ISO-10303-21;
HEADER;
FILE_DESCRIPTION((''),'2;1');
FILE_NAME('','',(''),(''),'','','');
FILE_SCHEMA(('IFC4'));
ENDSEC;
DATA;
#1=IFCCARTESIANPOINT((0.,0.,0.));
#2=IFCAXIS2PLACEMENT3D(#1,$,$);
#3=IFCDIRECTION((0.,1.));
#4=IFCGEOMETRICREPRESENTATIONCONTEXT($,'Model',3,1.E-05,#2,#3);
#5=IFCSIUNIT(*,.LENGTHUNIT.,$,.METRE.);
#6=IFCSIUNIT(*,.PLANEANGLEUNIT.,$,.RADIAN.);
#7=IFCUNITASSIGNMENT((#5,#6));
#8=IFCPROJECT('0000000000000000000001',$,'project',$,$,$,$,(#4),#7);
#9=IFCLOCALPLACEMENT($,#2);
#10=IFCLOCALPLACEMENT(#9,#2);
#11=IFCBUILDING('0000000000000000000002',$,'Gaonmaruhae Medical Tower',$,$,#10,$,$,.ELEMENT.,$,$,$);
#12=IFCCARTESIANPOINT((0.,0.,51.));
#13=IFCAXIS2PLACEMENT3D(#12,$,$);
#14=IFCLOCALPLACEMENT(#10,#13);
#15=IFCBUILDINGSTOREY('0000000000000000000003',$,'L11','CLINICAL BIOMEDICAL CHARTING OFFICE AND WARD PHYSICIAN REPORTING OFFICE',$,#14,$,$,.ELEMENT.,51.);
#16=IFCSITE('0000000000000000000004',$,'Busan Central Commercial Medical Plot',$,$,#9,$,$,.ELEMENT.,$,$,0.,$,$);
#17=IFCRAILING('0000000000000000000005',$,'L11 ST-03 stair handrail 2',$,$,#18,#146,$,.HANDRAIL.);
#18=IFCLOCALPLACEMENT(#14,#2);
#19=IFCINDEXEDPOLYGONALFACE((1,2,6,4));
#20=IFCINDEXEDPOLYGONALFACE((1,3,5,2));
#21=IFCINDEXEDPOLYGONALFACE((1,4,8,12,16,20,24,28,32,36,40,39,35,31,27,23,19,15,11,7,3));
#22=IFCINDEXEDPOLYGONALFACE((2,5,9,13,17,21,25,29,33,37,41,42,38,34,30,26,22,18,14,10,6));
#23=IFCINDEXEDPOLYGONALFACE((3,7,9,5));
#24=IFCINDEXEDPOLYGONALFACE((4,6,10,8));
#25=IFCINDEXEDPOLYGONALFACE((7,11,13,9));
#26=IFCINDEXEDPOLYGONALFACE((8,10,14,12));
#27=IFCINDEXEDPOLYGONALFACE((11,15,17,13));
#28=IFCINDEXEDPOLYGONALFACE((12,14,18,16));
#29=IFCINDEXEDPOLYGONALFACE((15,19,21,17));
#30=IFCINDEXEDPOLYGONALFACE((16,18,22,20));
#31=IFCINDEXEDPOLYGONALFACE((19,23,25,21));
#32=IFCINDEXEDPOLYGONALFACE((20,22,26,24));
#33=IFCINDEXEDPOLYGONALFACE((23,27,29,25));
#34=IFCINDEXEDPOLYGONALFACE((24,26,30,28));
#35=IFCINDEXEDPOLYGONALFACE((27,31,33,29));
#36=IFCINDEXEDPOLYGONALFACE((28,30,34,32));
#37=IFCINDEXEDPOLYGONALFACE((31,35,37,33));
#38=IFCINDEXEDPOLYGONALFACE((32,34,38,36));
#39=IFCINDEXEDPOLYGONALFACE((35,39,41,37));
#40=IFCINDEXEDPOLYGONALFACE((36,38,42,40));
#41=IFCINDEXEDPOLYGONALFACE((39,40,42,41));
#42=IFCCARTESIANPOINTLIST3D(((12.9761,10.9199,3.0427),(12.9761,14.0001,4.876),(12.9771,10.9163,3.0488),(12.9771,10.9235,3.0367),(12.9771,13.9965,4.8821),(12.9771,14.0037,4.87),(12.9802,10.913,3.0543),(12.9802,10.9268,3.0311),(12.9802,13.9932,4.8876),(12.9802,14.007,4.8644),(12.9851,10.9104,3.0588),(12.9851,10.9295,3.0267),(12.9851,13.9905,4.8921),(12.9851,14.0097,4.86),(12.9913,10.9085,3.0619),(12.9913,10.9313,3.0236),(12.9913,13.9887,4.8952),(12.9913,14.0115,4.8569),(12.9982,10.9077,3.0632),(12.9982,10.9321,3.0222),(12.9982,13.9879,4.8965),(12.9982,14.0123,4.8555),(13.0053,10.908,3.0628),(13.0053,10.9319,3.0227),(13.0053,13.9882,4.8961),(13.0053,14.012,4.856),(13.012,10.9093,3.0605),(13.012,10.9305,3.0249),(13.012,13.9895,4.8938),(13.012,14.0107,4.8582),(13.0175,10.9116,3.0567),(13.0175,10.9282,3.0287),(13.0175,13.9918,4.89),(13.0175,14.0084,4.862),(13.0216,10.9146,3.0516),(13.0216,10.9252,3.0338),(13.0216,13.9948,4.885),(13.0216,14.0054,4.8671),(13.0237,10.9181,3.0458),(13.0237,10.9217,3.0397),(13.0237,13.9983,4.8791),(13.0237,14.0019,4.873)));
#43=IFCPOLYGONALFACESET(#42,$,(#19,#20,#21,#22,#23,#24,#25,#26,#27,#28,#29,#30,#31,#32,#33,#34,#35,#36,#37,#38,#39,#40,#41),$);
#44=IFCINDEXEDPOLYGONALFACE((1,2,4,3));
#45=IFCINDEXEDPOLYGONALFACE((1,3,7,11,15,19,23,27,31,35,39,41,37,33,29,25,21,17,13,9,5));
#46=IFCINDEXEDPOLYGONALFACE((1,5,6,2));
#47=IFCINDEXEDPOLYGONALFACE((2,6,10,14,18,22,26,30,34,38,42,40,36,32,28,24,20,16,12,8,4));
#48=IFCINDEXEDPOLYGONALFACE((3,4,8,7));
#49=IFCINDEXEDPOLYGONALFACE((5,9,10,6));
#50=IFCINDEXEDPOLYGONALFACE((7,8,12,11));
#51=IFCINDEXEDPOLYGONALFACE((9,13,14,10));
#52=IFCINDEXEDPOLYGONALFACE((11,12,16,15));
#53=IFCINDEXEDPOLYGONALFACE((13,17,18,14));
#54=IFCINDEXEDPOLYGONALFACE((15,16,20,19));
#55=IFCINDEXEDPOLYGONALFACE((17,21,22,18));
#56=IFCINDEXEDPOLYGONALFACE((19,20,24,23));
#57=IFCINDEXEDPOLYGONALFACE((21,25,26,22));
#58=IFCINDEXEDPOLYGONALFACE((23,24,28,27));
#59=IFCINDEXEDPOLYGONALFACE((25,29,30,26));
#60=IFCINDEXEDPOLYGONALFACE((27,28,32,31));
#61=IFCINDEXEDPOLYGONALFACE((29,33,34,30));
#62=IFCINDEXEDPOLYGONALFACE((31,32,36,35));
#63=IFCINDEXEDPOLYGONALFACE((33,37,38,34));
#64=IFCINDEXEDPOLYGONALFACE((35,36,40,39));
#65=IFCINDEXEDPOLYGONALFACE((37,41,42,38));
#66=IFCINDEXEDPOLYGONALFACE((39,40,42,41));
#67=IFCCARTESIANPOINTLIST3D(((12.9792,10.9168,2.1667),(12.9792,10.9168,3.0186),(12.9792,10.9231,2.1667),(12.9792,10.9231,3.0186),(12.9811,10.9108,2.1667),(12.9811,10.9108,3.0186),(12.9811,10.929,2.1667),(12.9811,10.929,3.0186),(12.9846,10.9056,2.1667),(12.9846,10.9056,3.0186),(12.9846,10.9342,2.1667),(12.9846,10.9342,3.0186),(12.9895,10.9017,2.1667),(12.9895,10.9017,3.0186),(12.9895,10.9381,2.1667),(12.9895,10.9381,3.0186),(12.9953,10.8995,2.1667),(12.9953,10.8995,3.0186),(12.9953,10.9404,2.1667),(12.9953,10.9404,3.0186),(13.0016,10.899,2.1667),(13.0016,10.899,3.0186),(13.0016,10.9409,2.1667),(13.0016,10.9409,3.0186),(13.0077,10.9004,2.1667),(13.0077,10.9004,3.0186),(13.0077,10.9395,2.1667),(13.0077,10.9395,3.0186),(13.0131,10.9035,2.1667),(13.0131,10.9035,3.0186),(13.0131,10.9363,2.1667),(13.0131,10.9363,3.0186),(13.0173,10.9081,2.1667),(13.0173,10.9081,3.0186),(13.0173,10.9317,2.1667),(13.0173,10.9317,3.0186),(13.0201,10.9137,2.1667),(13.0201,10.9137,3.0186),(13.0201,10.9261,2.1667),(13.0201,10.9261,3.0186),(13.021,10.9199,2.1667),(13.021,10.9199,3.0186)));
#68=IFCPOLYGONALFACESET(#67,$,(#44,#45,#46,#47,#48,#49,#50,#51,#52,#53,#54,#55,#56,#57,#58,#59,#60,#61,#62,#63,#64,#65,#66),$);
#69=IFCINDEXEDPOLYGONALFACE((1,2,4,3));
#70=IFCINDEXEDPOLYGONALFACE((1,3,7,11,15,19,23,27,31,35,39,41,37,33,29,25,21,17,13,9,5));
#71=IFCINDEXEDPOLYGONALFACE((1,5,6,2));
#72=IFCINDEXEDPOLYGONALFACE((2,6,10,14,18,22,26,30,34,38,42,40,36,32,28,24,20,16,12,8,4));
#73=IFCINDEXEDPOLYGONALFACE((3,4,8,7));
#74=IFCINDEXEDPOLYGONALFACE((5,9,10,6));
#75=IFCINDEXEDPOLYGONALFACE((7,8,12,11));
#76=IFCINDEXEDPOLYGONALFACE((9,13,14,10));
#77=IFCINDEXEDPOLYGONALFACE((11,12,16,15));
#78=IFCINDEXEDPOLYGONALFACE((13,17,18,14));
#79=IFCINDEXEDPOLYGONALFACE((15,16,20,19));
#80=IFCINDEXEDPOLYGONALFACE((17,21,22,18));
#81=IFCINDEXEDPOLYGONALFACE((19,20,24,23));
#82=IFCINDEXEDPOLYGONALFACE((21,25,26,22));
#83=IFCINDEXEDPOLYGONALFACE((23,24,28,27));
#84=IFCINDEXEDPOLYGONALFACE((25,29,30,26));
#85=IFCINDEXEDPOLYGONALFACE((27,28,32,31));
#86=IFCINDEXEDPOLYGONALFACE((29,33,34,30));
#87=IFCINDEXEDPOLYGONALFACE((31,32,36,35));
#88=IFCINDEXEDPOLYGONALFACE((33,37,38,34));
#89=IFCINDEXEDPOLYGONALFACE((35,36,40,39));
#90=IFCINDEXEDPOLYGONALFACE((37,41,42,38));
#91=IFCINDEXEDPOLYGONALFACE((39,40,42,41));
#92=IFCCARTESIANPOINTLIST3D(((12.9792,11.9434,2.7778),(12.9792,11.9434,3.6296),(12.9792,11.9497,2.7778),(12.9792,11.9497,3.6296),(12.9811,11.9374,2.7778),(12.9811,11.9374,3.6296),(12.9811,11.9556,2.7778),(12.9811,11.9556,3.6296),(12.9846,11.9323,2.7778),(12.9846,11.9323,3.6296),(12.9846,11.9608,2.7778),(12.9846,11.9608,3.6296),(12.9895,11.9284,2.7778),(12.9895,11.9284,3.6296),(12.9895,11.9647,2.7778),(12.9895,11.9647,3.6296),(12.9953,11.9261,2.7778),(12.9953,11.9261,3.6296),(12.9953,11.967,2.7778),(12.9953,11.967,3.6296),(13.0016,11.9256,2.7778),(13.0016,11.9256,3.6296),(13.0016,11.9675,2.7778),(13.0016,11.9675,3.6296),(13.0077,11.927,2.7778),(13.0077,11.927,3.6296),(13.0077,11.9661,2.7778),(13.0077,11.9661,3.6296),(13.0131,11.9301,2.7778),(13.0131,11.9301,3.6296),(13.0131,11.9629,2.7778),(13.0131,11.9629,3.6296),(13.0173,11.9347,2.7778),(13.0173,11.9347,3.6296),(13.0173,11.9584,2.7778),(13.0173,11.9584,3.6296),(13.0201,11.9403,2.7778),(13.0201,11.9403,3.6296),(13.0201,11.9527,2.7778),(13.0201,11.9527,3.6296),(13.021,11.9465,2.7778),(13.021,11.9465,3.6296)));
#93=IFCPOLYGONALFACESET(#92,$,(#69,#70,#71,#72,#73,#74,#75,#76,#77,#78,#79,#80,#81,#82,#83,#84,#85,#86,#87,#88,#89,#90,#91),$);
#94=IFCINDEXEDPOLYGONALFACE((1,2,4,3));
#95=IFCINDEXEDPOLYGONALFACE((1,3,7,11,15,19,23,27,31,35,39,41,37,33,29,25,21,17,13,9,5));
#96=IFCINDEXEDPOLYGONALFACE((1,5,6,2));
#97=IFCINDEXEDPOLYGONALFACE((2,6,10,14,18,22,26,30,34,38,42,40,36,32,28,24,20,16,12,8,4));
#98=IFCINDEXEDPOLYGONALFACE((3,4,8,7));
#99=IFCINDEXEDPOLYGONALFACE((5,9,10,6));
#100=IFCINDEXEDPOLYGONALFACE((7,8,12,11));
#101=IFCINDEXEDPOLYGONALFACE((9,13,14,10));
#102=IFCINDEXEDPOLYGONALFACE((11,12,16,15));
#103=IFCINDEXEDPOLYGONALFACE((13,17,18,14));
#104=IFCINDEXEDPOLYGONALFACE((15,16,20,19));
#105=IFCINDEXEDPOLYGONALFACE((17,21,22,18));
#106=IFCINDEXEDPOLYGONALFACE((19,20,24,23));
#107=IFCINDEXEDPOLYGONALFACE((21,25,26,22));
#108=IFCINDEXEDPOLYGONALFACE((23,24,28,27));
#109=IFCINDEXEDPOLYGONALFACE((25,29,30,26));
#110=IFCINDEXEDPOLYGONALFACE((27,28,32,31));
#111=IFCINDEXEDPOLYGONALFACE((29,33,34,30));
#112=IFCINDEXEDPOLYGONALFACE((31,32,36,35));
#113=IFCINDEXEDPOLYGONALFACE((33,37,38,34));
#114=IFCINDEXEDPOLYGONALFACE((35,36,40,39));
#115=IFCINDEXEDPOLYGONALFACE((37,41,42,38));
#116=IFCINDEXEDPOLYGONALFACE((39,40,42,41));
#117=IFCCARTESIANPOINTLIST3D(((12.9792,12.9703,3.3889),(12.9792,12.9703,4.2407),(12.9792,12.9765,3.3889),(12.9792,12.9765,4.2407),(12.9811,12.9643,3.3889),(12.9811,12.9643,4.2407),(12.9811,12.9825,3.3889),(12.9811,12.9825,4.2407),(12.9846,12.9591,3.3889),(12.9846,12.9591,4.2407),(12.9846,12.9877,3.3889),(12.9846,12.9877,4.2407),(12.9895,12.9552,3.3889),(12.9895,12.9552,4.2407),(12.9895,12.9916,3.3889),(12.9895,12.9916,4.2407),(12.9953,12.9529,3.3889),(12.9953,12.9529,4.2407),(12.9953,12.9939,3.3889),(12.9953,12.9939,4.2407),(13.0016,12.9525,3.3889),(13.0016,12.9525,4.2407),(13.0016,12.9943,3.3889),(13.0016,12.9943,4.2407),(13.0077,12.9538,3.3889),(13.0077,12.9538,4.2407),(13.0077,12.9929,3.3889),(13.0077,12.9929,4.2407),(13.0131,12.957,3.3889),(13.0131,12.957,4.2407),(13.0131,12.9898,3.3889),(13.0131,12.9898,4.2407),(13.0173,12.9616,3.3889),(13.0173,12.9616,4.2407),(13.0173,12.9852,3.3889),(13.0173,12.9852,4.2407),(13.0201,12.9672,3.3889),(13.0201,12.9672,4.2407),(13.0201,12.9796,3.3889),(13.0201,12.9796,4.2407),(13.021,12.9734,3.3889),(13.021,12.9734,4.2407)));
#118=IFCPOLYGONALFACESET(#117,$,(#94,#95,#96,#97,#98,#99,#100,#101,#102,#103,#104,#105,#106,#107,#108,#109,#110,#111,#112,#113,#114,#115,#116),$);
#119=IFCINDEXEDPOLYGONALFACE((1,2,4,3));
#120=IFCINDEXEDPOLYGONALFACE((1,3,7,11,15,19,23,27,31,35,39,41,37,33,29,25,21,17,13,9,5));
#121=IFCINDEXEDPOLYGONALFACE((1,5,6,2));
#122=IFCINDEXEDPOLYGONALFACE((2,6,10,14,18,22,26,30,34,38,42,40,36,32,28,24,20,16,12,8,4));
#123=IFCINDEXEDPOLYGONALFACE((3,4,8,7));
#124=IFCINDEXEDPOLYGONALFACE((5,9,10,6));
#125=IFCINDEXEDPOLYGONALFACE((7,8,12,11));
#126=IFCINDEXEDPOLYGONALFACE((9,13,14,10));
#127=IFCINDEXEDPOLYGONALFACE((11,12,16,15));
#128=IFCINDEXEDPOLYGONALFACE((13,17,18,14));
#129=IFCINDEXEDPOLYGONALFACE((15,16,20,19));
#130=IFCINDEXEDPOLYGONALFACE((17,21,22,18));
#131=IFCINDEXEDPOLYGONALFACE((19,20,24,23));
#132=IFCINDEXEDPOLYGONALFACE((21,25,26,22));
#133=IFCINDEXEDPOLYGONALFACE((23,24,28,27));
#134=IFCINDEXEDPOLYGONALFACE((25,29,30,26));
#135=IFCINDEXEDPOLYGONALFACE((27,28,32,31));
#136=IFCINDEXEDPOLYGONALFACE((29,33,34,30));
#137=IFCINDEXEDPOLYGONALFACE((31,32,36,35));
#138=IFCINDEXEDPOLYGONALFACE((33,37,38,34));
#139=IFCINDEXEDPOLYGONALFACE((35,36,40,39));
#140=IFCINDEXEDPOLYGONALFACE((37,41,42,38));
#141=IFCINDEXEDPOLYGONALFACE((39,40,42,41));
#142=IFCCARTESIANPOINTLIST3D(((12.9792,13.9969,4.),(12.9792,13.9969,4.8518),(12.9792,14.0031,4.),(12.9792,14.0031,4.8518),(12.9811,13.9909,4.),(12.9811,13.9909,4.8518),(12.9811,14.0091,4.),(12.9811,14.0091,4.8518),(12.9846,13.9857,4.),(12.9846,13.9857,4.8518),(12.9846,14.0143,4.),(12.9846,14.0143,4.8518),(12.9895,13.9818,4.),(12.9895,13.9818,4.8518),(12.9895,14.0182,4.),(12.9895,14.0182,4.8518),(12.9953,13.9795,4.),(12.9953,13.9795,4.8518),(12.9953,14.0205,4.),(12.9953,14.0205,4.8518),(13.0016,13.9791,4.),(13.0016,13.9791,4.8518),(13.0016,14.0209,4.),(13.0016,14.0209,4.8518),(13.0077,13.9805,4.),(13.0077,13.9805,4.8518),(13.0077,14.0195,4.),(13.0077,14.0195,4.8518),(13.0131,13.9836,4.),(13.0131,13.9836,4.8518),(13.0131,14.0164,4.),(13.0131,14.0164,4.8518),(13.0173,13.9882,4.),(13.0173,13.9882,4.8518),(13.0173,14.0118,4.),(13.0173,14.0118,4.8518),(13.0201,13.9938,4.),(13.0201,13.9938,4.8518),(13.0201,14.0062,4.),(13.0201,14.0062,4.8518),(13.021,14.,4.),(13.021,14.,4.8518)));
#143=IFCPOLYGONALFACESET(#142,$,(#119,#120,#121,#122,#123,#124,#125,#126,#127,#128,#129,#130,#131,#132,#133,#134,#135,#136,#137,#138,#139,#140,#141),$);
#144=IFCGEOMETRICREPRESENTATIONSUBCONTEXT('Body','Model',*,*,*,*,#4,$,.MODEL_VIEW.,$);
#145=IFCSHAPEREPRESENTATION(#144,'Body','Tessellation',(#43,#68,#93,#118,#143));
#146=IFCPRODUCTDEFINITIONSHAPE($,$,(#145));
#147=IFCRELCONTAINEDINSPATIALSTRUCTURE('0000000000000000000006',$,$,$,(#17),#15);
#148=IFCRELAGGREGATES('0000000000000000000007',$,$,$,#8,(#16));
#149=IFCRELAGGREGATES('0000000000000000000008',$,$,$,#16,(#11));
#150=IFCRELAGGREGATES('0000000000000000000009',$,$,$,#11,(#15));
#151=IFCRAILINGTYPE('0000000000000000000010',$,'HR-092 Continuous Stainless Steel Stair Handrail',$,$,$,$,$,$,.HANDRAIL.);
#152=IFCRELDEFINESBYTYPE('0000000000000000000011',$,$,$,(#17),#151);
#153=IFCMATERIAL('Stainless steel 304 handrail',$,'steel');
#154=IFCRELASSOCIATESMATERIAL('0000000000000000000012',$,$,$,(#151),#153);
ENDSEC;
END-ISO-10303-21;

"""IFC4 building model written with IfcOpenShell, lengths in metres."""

from ifc_helpers import new_model, si_unit, direction, frame, origin, origin_2d, place, context, subcontext, project, spatial, circle, extrude, material, type_object, element, save


model = new_model("IFC4")

# Units and contexts
model_context = context("Model", 3, precision=1e-05, world=origin(), true_north=direction((0.0, 1.0)))
body_context = subcontext(model_context, "Body", "Model", "MODEL_VIEW")
ifc_project = project(units=[si_unit("LENGTHUNIT", "METRE"), si_unit("PLANEANGLEUNIT", "RADIAN")], contexts=[model_context])

# Site, building, storey
site_placement = place(None, origin())
site = spatial("IfcSite", under=ifc_project, at=site_placement, Name="Busan Central Commercial Medical Plot", CompositionType="ELEMENT", RefElevation=0.0)
building_placement = place(site_placement, origin())
building = spatial("IfcBuilding", under=site, at=building_placement, Name="Gaonmaruhae Medical Tower", CompositionType="ELEMENT")
storey_placement = place(building_placement, frame((0.0, 0.0, 51.0)))
storey = spatial("IfcBuildingStorey", under=building, at=storey_placement, Name="L11", Description="CLINICAL BIOMEDICAL CHARTING OFFICE AND WARD PHYSICIAN REPORTING OFFICE", CompositionType="ELEMENT", Elevation=51.0)

# Railing
ifc_material_1 = material(Name="Stainless steel 304 handrail", Category="steel")
railing_type_1 = type_object("IfcRailingType", Name="HR-092 Continuous Stainless Steel Stair Handrail", PredefinedType="HANDRAIL", material=ifc_material_1)
railing_1_placement = place(storey_placement, frame((13.0, 10.9199, 2.1667)))
element("IfcRailing", 1, at=railing_1_placement, inside=storey, type_object=railing_type_1, Name="L11 ST-03 stair handrail 2", PredefinedType="HANDRAIL", context=body_context, shape_type="SweptSolid", body=[
    extrude(circle(Radius=0.0239, at=origin_2d()), frame((0.0, 0.0, 0.876), z_axis=(0.0, 0.859309, 0.511458), x_axis=(-1.0, 0.0, 0.0)), (0.0, 0.0, 1.0), 3.5845),
    extrude(circle(Radius=0.021, at=origin_2d()), origin(), (0.0, 0.0, 1.0), 0.8518),
    extrude(circle(Radius=0.021, at=origin_2d()), frame((0.0, 1.0266, 0.6111)), (0.0, 0.0, 1.0), 0.8518),
    extrude(circle(Radius=0.021, at=origin_2d()), frame((0.0, 2.0535, 1.2222)), (0.0, 0.0, 1.0), 0.8518),
    extrude(circle(Radius=0.021, at=origin_2d()), frame((0.0, 3.0801, 1.8333)), (0.0, 0.0, 1.0), 0.8518),
])

save(model, "model.ifc")
